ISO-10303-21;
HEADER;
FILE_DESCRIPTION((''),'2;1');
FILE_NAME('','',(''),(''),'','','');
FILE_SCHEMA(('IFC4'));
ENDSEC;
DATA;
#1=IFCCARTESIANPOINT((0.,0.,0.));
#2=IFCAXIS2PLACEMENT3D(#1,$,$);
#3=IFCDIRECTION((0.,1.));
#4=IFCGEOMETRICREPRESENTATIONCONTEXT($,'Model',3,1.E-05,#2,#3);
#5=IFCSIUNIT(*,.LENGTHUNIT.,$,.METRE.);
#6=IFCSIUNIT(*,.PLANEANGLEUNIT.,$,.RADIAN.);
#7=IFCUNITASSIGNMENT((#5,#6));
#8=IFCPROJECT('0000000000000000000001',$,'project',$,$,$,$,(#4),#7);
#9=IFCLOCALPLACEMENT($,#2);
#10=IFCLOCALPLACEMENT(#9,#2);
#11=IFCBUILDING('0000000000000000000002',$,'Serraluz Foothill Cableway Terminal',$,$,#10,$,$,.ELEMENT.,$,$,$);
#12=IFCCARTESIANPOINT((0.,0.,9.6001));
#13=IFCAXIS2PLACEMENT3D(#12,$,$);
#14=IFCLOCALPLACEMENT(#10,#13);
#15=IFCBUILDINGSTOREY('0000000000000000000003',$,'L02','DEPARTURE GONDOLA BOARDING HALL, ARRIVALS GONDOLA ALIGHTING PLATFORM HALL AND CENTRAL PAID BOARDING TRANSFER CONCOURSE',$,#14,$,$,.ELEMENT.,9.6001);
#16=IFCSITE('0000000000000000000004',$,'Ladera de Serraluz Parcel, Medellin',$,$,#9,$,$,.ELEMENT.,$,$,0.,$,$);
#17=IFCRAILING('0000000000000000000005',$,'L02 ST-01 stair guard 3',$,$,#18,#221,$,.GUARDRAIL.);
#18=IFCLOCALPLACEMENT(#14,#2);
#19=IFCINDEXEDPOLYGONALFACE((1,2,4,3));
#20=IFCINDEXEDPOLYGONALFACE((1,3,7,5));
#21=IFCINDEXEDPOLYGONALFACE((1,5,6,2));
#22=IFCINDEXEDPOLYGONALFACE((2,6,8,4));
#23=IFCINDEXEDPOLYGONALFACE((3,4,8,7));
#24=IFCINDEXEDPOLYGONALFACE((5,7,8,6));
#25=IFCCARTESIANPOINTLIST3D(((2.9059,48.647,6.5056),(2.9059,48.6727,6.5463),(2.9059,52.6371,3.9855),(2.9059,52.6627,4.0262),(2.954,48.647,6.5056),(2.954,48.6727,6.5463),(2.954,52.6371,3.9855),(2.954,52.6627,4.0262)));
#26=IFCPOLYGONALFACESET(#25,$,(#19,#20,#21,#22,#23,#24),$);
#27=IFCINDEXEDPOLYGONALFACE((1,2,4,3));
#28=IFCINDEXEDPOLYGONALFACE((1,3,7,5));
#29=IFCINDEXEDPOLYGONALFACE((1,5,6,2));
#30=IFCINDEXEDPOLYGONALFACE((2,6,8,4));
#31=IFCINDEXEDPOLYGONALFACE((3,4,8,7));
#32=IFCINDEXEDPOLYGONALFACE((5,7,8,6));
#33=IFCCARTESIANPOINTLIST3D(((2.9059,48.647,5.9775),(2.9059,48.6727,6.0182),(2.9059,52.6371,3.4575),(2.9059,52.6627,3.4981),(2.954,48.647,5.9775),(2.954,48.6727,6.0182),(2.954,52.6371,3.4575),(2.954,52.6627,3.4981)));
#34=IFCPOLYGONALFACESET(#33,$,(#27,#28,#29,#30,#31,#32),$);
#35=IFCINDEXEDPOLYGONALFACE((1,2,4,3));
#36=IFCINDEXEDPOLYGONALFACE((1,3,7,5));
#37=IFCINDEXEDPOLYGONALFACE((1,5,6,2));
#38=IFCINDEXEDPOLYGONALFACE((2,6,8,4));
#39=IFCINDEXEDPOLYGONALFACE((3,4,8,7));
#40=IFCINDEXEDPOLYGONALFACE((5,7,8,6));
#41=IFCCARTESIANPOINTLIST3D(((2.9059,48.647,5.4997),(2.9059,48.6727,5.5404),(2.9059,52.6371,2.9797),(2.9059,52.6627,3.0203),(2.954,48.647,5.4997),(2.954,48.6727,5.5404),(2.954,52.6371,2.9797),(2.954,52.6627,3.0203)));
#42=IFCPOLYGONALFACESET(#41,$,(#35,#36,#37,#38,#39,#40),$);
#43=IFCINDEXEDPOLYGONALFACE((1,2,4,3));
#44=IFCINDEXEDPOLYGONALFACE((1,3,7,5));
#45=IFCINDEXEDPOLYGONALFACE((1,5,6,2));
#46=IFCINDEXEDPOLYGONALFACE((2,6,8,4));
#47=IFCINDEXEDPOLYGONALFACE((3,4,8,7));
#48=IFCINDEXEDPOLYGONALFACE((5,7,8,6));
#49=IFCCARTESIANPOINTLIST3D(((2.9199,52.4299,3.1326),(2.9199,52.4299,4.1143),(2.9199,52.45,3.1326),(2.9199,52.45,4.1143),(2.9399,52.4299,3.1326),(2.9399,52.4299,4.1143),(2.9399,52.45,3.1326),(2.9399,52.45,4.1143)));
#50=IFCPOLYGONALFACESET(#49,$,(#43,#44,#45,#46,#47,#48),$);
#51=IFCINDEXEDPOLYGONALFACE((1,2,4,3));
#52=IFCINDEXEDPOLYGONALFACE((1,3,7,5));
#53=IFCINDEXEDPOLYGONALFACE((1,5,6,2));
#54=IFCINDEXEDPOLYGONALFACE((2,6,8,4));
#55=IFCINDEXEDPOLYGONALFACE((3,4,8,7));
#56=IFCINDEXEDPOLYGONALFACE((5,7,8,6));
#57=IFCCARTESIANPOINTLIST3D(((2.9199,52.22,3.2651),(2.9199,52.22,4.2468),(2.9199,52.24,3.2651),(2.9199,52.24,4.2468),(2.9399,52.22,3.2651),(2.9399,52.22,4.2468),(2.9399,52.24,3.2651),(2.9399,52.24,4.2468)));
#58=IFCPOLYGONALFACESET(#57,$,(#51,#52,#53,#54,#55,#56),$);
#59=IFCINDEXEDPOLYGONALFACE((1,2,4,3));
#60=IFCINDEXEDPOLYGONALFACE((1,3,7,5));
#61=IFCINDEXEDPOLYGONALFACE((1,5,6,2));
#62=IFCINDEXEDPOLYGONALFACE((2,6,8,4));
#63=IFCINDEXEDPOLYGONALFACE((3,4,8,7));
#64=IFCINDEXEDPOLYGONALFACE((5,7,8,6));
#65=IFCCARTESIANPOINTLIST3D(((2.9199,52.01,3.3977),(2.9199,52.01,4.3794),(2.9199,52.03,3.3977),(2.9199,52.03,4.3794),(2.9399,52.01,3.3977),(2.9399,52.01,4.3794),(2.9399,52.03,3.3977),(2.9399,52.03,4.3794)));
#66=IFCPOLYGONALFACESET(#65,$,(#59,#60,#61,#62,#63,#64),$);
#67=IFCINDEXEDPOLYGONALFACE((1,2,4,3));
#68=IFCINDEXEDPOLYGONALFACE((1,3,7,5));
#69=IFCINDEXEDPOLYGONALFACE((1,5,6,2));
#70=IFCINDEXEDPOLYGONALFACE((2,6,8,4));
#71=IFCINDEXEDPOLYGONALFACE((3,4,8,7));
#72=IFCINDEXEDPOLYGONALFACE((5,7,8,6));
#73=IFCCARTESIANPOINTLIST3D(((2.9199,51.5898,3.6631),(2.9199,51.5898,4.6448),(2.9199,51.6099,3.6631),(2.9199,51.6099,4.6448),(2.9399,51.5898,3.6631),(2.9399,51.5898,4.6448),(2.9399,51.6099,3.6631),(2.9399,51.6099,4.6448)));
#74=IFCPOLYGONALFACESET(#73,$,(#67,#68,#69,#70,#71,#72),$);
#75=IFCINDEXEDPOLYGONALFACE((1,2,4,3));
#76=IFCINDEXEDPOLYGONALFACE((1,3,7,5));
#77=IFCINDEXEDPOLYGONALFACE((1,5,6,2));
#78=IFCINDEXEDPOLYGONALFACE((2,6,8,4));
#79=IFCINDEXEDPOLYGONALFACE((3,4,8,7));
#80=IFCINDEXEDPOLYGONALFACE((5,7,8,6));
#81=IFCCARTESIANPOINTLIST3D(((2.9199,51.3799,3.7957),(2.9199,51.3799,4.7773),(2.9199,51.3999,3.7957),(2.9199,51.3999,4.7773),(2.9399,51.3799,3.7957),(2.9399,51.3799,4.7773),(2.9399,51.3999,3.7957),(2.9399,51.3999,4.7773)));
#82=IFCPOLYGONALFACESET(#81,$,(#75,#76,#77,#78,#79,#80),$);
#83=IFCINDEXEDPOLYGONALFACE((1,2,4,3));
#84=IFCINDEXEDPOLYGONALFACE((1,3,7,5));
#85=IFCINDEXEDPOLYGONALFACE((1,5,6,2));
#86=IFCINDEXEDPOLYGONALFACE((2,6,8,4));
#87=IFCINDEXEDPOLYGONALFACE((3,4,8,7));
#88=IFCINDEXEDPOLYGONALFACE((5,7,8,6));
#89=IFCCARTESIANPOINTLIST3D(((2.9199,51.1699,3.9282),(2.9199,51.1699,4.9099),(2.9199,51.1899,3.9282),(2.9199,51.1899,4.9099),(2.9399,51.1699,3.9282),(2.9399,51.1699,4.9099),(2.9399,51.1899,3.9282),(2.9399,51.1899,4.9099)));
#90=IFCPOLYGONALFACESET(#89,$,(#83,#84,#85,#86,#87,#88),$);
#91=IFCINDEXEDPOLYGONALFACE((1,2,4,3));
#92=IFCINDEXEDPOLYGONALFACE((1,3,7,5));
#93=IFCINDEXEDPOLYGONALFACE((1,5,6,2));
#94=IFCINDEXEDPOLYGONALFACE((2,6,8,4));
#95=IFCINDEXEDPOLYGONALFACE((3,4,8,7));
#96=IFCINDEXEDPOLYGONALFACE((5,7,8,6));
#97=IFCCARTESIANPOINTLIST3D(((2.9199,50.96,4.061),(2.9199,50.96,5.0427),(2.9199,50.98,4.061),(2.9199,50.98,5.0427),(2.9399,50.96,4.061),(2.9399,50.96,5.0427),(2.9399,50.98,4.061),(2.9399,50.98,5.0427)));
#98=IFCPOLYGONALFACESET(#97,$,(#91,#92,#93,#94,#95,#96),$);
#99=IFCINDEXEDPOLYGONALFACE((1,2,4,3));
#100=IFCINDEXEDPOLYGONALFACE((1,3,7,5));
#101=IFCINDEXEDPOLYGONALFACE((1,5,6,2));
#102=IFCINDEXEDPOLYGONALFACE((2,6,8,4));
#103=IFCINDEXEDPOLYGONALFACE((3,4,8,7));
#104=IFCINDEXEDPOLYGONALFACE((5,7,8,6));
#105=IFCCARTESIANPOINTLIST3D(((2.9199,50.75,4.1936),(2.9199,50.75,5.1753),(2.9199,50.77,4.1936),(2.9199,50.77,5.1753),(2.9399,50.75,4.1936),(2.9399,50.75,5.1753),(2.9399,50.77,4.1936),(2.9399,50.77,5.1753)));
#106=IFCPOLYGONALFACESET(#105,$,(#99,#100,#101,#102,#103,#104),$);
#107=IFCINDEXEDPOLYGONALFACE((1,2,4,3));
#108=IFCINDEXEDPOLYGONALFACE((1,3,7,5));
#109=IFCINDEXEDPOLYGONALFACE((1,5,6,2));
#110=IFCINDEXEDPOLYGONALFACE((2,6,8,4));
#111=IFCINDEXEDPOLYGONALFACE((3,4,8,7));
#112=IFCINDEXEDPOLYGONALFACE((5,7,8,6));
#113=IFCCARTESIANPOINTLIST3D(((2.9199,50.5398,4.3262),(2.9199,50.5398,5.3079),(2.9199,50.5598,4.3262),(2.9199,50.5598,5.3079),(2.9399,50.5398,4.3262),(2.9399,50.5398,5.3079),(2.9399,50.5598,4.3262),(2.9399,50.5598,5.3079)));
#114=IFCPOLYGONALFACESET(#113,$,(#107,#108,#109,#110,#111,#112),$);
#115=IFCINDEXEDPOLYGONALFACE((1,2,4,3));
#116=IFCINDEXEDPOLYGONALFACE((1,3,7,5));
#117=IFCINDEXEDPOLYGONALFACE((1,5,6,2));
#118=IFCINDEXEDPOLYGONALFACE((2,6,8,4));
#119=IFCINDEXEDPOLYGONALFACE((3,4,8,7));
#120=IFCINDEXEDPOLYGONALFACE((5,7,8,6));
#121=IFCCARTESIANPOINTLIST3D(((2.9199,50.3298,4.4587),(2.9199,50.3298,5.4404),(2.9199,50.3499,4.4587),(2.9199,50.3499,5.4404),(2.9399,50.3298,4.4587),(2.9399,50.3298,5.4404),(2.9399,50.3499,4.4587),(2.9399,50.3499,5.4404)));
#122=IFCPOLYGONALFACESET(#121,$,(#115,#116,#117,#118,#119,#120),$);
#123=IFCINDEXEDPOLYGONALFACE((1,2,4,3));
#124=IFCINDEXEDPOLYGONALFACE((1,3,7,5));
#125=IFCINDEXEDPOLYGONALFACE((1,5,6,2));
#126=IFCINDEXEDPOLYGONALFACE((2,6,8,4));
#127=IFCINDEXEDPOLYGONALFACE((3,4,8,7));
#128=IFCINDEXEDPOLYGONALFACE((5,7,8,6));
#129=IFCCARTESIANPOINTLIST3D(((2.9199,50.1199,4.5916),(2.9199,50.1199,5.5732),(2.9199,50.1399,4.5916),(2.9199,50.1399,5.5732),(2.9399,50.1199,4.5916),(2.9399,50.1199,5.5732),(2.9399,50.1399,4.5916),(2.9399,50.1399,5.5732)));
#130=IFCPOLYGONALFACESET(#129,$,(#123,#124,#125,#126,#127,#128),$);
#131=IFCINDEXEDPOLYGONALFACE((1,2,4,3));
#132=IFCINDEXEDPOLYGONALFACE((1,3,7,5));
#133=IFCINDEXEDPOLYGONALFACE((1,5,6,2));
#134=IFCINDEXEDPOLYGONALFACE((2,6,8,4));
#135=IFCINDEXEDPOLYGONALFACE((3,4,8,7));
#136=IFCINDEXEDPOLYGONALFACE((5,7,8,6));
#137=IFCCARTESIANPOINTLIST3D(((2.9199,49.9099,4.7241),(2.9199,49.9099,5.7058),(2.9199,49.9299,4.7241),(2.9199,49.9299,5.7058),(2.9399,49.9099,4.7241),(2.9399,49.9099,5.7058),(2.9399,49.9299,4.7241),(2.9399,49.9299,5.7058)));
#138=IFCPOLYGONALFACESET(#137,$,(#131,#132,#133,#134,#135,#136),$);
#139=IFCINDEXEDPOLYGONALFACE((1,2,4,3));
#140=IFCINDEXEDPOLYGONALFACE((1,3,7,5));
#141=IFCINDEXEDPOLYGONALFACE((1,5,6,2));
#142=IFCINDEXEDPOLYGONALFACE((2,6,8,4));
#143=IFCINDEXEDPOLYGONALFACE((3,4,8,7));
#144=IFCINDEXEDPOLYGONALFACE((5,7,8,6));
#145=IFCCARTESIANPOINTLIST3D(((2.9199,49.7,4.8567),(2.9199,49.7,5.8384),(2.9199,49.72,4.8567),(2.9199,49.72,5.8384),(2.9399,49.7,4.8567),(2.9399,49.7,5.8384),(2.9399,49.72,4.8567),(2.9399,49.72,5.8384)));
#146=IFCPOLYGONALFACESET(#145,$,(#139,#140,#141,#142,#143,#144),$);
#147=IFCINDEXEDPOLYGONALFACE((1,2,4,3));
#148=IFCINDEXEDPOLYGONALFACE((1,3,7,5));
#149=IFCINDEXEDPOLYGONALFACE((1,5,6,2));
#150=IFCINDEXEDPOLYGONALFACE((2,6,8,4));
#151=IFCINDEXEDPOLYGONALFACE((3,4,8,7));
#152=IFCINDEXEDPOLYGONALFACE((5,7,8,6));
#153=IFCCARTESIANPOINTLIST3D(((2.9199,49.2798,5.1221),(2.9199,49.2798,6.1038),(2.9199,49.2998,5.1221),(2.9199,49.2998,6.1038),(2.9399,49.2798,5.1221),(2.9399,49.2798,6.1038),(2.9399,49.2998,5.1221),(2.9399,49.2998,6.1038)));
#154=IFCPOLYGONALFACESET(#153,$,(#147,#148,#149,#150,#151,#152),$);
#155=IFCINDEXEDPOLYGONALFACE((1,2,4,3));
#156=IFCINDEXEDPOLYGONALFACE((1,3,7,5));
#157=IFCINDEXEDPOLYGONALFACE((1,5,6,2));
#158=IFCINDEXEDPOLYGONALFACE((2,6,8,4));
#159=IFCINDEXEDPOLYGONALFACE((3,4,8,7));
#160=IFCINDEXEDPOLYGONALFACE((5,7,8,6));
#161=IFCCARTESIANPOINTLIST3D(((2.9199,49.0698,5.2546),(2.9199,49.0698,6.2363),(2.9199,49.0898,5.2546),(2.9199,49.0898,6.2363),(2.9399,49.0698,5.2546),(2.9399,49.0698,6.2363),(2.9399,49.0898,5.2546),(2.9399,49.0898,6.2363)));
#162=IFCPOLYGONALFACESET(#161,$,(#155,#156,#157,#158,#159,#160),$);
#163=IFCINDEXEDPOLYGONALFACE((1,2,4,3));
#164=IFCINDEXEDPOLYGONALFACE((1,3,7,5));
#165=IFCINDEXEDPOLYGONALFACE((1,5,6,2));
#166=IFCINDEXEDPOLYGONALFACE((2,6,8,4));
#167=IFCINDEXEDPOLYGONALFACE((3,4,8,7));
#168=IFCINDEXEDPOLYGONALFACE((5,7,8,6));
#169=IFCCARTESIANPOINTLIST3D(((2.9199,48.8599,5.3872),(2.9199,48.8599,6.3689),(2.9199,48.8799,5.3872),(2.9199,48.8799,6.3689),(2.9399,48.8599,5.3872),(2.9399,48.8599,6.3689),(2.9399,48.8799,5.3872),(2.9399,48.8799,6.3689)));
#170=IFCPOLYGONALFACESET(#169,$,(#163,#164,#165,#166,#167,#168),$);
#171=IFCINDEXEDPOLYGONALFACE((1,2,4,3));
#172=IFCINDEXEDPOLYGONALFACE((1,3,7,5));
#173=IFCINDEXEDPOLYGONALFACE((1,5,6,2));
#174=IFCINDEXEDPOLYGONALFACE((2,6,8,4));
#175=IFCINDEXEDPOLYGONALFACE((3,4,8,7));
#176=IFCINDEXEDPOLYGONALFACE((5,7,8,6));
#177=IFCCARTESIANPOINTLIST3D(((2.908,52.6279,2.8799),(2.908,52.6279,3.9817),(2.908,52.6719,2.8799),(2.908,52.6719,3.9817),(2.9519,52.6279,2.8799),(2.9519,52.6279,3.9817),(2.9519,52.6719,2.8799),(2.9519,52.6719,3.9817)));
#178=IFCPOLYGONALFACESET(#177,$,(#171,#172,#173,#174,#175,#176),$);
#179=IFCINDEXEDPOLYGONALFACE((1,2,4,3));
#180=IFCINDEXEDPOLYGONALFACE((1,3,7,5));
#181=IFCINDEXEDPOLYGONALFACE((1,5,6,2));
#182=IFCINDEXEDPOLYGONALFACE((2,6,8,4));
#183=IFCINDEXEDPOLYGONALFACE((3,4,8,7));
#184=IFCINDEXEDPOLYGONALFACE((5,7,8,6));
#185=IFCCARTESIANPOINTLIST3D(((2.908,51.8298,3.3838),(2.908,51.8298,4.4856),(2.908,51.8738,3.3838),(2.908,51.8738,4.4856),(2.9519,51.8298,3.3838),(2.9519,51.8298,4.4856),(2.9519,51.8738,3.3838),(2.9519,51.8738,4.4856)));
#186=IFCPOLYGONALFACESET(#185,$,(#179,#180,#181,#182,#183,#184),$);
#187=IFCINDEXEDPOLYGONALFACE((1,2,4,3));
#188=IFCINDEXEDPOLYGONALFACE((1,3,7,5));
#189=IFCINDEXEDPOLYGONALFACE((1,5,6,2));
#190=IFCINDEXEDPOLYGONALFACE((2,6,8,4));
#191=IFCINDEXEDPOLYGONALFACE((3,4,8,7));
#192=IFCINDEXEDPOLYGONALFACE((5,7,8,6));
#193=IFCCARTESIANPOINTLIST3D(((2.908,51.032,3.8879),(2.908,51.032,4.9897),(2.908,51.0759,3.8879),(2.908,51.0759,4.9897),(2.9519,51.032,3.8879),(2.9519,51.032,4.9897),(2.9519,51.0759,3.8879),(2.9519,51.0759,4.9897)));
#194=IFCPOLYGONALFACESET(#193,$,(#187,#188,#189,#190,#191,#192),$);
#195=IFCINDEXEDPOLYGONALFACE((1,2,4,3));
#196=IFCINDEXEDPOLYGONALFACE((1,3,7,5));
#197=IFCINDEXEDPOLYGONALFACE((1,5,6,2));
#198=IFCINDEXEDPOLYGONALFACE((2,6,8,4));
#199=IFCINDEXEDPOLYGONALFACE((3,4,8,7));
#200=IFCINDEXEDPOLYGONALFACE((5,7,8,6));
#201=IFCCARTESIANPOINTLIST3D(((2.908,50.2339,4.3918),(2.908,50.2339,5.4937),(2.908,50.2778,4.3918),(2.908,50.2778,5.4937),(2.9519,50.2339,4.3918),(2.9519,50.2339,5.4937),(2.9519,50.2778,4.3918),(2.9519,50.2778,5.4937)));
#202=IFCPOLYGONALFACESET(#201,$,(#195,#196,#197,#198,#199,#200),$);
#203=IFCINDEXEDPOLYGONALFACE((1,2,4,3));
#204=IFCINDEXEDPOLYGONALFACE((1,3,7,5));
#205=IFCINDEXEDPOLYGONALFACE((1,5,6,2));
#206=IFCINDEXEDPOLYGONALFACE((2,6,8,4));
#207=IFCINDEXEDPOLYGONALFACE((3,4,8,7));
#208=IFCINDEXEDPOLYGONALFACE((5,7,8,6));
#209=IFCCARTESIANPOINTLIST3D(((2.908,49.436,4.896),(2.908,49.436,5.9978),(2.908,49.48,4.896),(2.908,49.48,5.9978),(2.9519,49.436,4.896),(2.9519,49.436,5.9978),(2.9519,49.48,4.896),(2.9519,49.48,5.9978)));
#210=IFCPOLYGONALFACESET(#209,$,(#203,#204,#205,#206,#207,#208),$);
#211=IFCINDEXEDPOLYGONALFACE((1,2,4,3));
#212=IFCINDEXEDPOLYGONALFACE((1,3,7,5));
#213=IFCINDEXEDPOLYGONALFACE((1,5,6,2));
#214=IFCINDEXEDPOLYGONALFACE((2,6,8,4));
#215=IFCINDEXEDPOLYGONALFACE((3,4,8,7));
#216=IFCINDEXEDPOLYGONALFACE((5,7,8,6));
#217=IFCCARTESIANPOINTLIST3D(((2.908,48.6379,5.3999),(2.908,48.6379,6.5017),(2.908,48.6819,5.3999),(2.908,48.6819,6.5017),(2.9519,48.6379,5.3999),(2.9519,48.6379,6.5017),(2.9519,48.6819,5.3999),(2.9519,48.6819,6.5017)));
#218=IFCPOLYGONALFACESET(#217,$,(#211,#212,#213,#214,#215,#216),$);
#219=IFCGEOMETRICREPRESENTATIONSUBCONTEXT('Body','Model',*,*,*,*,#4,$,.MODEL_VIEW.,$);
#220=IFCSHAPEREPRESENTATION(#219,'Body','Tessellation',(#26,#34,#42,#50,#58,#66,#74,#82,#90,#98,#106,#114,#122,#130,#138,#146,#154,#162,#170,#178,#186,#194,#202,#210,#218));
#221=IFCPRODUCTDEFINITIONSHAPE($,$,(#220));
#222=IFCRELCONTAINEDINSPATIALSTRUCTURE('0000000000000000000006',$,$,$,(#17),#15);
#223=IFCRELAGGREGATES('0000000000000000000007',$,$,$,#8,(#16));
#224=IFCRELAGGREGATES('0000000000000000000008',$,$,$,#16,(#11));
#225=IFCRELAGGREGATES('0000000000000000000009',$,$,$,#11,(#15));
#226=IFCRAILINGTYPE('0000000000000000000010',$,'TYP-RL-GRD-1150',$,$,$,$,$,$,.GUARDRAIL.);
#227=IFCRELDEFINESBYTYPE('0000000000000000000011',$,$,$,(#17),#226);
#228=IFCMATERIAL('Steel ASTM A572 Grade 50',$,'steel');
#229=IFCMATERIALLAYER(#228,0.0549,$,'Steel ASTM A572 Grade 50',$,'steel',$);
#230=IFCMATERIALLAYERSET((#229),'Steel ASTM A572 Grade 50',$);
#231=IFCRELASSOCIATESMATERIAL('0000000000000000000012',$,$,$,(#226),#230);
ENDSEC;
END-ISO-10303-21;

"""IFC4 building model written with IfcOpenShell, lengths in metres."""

from ifc_helpers import new_model, si_unit, direction, frame, origin, origin_2d, place, context, subcontext, project, spatial, rectangle, extrude, material, layer, layer_set, type_object, element, save


model = new_model("IFC4")

# Units and contexts
model_context = context("Model", 3, precision=1e-05, world=origin(), true_north=direction((0.0, 1.0)))
body_context = subcontext(model_context, "Body", "Model", "MODEL_VIEW")
ifc_project = project(units=[si_unit("LENGTHUNIT", "METRE"), si_unit("PLANEANGLEUNIT", "RADIAN")], contexts=[model_context])

# Site, building, storey
site_placement = place(None, origin())
site = spatial("IfcSite", under=ifc_project, at=site_placement, Name="Ladera de Serraluz Parcel, Medellin", CompositionType="ELEMENT", RefElevation=0.0)
building_placement = place(site_placement, origin())
building = spatial("IfcBuilding", under=site, at=building_placement, Name="Serraluz Foothill Cableway Terminal", CompositionType="ELEMENT")
storey_placement = place(building_placement, frame((0.0, 0.0, 9.6001)))
storey = spatial("IfcBuildingStorey", under=building, at=storey_placement, Name="L02", Description="DEPARTURE GONDOLA BOARDING HALL, ARRIVALS GONDOLA ALIGHTING PLATFORM HALL AND CENTRAL PAID BOARDING TRANSFER CONCOURSE", CompositionType="ELEMENT", Elevation=9.6001)

# Railing
ifc_material_1 = material(Name="Steel ASTM A572 Grade 50", Category="steel")
ifc_layer_1 = layer(ifc_material_1, 0.0549, Name="Steel ASTM A572 Grade 50", Category="steel")
ifc_layer_set_1 = layer_set([ifc_layer_1], Name="Steel ASTM A572 Grade 50")
railing_type_1 = type_object("IfcRailingType", Name="TYP-RL-GRD-1150", PredefinedType="GUARDRAIL", material=ifc_layer_set_1)
railing_1_placement = place(storey_placement, frame((2.9299, 52.6499, 2.8799)))
element("IfcRailing", 1, at=railing_1_placement, inside=storey, type_object=railing_type_1, Name="L02 ST-01 stair guard 3", PredefinedType="GUARDRAIL", context=body_context, shape_type="SweptSolid", body=[
    extrude(rectangle(XDim=0.0481, YDim=0.0481, at=origin_2d()), frame((0.0, 0.0, 1.126), z_axis=(0.0, -0.845486, 0.533997), x_axis=(1.0, 0.0, 0.0)), (0.0, 0.0, 1.0), 4.7192),
    extrude(rectangle(XDim=0.0481, YDim=0.0481, at=origin_2d()), frame((0.0, 0.0, 0.5979), z_axis=(0.0, -0.845486, 0.533997), x_axis=(1.0, 0.0, 0.0)), (0.0, 0.0, 1.0), 4.7192),
    extrude(rectangle(XDim=0.0481, YDim=0.0481, at=origin_2d()), frame((0.0, 0.0, 0.1201), z_axis=(0.0, -0.845486, 0.533997), x_axis=(1.0, 0.0, 0.0)), (0.0, 0.0, 1.0), 4.7192),
    extrude(rectangle(XDim=0.02, YDim=0.02, at=origin_2d()), frame((0.0, -0.21, 0.2527)), (0.0, 0.0, 1.0), 0.9817),
    extrude(rectangle(XDim=0.02, YDim=0.02, at=origin_2d()), frame((0.0, -0.4199, 0.3853)), (0.0, 0.0, 1.0), 0.9817),
    extrude(rectangle(XDim=0.02, YDim=0.02, at=origin_2d()), frame((0.0, -0.6299, 0.5178)), (0.0, 0.0, 1.0), 0.9817),
    extrude(rectangle(XDim=0.02, YDim=0.02, at=origin_2d()), frame((0.0, -1.05, 0.7832)), (0.0, 0.0, 1.0), 0.9817),
    extrude(rectangle(XDim=0.02, YDim=0.02, at=origin_2d()), frame((0.0, -1.26, 0.9158)), (0.0, 0.0, 1.0), 0.9817),
    extrude(rectangle(XDim=0.02, YDim=0.02, at=origin_2d()), frame((0.0, -1.47, 1.0483)), (0.0, 0.0, 1.0), 0.9817),
    extrude(rectangle(XDim=0.02, YDim=0.02, at=origin_2d()), frame((0.0, -1.6799, 1.1812)), (0.0, 0.0, 1.0), 0.9817),
    extrude(rectangle(XDim=0.02, YDim=0.02, at=origin_2d()), frame((0.0, -1.8899, 1.3137)), (0.0, 0.0, 1.0), 0.9817),
    extrude(rectangle(XDim=0.02, YDim=0.02, at=origin_2d()), frame((0.0, -2.1001, 1.4463)), (0.0, 0.0, 1.0), 0.9817),
    extrude(rectangle(XDim=0.02, YDim=0.02, at=origin_2d()), frame((0.0, -2.3101, 1.5789)), (0.0, 0.0, 1.0), 0.9817),
    extrude(rectangle(XDim=0.02, YDim=0.02, at=origin_2d()), frame((0.0, -2.52, 1.7117)), (0.0, 0.0, 1.0), 0.9817),
    extrude(rectangle(XDim=0.02, YDim=0.02, at=origin_2d()), frame((0.0, -2.73, 1.8442)), (0.0, 0.0, 1.0), 0.9817),
    extrude(rectangle(XDim=0.02, YDim=0.02, at=origin_2d()), frame((0.0, -2.9399, 1.9768)), (0.0, 0.0, 1.0), 0.9817),
    extrude(rectangle(XDim=0.02, YDim=0.02, at=origin_2d()), frame((0.0, -3.3601, 2.2422)), (0.0, 0.0, 1.0), 0.9817),
    extrude(rectangle(XDim=0.02, YDim=0.02, at=origin_2d()), frame((0.0, -3.5701, 2.3748)), (0.0, 0.0, 1.0), 0.9817),
    extrude(rectangle(XDim=0.02, YDim=0.02, at=origin_2d()), frame((0.0, -3.78, 2.5073)), (0.0, 0.0, 1.0), 0.9817),
    extrude(rectangle(XDim=0.0439, YDim=0.0439, at=origin_2d()), origin(), (0.0, 0.0, 1.0), 1.1018),
    extrude(rectangle(XDim=0.0439, YDim=0.0439, at=origin_2d()), frame((0.0, -0.7981, 0.5039)), (0.0, 0.0, 1.0), 1.1018),
    extrude(rectangle(XDim=0.0439, YDim=0.0439, at=origin_2d()), frame((0.0, -1.5959, 1.0081)), (0.0, 0.0, 1.0), 1.1018),
    extrude(rectangle(XDim=0.0439, YDim=0.0439, at=origin_2d()), frame((0.0, -2.394, 1.512)), (0.0, 0.0, 1.0), 1.1018),
    extrude(rectangle(XDim=0.0439, YDim=0.0439, at=origin_2d()), frame((0.0, -3.1919, 2.0161)), (0.0, 0.0, 1.0), 1.1018),
    extrude(rectangle(XDim=0.0439, YDim=0.0439, at=origin_2d()), frame((0.0, -3.99, 2.52)), (0.0, 0.0, 1.0), 1.1018),
])

save(model, "model.ifc")
